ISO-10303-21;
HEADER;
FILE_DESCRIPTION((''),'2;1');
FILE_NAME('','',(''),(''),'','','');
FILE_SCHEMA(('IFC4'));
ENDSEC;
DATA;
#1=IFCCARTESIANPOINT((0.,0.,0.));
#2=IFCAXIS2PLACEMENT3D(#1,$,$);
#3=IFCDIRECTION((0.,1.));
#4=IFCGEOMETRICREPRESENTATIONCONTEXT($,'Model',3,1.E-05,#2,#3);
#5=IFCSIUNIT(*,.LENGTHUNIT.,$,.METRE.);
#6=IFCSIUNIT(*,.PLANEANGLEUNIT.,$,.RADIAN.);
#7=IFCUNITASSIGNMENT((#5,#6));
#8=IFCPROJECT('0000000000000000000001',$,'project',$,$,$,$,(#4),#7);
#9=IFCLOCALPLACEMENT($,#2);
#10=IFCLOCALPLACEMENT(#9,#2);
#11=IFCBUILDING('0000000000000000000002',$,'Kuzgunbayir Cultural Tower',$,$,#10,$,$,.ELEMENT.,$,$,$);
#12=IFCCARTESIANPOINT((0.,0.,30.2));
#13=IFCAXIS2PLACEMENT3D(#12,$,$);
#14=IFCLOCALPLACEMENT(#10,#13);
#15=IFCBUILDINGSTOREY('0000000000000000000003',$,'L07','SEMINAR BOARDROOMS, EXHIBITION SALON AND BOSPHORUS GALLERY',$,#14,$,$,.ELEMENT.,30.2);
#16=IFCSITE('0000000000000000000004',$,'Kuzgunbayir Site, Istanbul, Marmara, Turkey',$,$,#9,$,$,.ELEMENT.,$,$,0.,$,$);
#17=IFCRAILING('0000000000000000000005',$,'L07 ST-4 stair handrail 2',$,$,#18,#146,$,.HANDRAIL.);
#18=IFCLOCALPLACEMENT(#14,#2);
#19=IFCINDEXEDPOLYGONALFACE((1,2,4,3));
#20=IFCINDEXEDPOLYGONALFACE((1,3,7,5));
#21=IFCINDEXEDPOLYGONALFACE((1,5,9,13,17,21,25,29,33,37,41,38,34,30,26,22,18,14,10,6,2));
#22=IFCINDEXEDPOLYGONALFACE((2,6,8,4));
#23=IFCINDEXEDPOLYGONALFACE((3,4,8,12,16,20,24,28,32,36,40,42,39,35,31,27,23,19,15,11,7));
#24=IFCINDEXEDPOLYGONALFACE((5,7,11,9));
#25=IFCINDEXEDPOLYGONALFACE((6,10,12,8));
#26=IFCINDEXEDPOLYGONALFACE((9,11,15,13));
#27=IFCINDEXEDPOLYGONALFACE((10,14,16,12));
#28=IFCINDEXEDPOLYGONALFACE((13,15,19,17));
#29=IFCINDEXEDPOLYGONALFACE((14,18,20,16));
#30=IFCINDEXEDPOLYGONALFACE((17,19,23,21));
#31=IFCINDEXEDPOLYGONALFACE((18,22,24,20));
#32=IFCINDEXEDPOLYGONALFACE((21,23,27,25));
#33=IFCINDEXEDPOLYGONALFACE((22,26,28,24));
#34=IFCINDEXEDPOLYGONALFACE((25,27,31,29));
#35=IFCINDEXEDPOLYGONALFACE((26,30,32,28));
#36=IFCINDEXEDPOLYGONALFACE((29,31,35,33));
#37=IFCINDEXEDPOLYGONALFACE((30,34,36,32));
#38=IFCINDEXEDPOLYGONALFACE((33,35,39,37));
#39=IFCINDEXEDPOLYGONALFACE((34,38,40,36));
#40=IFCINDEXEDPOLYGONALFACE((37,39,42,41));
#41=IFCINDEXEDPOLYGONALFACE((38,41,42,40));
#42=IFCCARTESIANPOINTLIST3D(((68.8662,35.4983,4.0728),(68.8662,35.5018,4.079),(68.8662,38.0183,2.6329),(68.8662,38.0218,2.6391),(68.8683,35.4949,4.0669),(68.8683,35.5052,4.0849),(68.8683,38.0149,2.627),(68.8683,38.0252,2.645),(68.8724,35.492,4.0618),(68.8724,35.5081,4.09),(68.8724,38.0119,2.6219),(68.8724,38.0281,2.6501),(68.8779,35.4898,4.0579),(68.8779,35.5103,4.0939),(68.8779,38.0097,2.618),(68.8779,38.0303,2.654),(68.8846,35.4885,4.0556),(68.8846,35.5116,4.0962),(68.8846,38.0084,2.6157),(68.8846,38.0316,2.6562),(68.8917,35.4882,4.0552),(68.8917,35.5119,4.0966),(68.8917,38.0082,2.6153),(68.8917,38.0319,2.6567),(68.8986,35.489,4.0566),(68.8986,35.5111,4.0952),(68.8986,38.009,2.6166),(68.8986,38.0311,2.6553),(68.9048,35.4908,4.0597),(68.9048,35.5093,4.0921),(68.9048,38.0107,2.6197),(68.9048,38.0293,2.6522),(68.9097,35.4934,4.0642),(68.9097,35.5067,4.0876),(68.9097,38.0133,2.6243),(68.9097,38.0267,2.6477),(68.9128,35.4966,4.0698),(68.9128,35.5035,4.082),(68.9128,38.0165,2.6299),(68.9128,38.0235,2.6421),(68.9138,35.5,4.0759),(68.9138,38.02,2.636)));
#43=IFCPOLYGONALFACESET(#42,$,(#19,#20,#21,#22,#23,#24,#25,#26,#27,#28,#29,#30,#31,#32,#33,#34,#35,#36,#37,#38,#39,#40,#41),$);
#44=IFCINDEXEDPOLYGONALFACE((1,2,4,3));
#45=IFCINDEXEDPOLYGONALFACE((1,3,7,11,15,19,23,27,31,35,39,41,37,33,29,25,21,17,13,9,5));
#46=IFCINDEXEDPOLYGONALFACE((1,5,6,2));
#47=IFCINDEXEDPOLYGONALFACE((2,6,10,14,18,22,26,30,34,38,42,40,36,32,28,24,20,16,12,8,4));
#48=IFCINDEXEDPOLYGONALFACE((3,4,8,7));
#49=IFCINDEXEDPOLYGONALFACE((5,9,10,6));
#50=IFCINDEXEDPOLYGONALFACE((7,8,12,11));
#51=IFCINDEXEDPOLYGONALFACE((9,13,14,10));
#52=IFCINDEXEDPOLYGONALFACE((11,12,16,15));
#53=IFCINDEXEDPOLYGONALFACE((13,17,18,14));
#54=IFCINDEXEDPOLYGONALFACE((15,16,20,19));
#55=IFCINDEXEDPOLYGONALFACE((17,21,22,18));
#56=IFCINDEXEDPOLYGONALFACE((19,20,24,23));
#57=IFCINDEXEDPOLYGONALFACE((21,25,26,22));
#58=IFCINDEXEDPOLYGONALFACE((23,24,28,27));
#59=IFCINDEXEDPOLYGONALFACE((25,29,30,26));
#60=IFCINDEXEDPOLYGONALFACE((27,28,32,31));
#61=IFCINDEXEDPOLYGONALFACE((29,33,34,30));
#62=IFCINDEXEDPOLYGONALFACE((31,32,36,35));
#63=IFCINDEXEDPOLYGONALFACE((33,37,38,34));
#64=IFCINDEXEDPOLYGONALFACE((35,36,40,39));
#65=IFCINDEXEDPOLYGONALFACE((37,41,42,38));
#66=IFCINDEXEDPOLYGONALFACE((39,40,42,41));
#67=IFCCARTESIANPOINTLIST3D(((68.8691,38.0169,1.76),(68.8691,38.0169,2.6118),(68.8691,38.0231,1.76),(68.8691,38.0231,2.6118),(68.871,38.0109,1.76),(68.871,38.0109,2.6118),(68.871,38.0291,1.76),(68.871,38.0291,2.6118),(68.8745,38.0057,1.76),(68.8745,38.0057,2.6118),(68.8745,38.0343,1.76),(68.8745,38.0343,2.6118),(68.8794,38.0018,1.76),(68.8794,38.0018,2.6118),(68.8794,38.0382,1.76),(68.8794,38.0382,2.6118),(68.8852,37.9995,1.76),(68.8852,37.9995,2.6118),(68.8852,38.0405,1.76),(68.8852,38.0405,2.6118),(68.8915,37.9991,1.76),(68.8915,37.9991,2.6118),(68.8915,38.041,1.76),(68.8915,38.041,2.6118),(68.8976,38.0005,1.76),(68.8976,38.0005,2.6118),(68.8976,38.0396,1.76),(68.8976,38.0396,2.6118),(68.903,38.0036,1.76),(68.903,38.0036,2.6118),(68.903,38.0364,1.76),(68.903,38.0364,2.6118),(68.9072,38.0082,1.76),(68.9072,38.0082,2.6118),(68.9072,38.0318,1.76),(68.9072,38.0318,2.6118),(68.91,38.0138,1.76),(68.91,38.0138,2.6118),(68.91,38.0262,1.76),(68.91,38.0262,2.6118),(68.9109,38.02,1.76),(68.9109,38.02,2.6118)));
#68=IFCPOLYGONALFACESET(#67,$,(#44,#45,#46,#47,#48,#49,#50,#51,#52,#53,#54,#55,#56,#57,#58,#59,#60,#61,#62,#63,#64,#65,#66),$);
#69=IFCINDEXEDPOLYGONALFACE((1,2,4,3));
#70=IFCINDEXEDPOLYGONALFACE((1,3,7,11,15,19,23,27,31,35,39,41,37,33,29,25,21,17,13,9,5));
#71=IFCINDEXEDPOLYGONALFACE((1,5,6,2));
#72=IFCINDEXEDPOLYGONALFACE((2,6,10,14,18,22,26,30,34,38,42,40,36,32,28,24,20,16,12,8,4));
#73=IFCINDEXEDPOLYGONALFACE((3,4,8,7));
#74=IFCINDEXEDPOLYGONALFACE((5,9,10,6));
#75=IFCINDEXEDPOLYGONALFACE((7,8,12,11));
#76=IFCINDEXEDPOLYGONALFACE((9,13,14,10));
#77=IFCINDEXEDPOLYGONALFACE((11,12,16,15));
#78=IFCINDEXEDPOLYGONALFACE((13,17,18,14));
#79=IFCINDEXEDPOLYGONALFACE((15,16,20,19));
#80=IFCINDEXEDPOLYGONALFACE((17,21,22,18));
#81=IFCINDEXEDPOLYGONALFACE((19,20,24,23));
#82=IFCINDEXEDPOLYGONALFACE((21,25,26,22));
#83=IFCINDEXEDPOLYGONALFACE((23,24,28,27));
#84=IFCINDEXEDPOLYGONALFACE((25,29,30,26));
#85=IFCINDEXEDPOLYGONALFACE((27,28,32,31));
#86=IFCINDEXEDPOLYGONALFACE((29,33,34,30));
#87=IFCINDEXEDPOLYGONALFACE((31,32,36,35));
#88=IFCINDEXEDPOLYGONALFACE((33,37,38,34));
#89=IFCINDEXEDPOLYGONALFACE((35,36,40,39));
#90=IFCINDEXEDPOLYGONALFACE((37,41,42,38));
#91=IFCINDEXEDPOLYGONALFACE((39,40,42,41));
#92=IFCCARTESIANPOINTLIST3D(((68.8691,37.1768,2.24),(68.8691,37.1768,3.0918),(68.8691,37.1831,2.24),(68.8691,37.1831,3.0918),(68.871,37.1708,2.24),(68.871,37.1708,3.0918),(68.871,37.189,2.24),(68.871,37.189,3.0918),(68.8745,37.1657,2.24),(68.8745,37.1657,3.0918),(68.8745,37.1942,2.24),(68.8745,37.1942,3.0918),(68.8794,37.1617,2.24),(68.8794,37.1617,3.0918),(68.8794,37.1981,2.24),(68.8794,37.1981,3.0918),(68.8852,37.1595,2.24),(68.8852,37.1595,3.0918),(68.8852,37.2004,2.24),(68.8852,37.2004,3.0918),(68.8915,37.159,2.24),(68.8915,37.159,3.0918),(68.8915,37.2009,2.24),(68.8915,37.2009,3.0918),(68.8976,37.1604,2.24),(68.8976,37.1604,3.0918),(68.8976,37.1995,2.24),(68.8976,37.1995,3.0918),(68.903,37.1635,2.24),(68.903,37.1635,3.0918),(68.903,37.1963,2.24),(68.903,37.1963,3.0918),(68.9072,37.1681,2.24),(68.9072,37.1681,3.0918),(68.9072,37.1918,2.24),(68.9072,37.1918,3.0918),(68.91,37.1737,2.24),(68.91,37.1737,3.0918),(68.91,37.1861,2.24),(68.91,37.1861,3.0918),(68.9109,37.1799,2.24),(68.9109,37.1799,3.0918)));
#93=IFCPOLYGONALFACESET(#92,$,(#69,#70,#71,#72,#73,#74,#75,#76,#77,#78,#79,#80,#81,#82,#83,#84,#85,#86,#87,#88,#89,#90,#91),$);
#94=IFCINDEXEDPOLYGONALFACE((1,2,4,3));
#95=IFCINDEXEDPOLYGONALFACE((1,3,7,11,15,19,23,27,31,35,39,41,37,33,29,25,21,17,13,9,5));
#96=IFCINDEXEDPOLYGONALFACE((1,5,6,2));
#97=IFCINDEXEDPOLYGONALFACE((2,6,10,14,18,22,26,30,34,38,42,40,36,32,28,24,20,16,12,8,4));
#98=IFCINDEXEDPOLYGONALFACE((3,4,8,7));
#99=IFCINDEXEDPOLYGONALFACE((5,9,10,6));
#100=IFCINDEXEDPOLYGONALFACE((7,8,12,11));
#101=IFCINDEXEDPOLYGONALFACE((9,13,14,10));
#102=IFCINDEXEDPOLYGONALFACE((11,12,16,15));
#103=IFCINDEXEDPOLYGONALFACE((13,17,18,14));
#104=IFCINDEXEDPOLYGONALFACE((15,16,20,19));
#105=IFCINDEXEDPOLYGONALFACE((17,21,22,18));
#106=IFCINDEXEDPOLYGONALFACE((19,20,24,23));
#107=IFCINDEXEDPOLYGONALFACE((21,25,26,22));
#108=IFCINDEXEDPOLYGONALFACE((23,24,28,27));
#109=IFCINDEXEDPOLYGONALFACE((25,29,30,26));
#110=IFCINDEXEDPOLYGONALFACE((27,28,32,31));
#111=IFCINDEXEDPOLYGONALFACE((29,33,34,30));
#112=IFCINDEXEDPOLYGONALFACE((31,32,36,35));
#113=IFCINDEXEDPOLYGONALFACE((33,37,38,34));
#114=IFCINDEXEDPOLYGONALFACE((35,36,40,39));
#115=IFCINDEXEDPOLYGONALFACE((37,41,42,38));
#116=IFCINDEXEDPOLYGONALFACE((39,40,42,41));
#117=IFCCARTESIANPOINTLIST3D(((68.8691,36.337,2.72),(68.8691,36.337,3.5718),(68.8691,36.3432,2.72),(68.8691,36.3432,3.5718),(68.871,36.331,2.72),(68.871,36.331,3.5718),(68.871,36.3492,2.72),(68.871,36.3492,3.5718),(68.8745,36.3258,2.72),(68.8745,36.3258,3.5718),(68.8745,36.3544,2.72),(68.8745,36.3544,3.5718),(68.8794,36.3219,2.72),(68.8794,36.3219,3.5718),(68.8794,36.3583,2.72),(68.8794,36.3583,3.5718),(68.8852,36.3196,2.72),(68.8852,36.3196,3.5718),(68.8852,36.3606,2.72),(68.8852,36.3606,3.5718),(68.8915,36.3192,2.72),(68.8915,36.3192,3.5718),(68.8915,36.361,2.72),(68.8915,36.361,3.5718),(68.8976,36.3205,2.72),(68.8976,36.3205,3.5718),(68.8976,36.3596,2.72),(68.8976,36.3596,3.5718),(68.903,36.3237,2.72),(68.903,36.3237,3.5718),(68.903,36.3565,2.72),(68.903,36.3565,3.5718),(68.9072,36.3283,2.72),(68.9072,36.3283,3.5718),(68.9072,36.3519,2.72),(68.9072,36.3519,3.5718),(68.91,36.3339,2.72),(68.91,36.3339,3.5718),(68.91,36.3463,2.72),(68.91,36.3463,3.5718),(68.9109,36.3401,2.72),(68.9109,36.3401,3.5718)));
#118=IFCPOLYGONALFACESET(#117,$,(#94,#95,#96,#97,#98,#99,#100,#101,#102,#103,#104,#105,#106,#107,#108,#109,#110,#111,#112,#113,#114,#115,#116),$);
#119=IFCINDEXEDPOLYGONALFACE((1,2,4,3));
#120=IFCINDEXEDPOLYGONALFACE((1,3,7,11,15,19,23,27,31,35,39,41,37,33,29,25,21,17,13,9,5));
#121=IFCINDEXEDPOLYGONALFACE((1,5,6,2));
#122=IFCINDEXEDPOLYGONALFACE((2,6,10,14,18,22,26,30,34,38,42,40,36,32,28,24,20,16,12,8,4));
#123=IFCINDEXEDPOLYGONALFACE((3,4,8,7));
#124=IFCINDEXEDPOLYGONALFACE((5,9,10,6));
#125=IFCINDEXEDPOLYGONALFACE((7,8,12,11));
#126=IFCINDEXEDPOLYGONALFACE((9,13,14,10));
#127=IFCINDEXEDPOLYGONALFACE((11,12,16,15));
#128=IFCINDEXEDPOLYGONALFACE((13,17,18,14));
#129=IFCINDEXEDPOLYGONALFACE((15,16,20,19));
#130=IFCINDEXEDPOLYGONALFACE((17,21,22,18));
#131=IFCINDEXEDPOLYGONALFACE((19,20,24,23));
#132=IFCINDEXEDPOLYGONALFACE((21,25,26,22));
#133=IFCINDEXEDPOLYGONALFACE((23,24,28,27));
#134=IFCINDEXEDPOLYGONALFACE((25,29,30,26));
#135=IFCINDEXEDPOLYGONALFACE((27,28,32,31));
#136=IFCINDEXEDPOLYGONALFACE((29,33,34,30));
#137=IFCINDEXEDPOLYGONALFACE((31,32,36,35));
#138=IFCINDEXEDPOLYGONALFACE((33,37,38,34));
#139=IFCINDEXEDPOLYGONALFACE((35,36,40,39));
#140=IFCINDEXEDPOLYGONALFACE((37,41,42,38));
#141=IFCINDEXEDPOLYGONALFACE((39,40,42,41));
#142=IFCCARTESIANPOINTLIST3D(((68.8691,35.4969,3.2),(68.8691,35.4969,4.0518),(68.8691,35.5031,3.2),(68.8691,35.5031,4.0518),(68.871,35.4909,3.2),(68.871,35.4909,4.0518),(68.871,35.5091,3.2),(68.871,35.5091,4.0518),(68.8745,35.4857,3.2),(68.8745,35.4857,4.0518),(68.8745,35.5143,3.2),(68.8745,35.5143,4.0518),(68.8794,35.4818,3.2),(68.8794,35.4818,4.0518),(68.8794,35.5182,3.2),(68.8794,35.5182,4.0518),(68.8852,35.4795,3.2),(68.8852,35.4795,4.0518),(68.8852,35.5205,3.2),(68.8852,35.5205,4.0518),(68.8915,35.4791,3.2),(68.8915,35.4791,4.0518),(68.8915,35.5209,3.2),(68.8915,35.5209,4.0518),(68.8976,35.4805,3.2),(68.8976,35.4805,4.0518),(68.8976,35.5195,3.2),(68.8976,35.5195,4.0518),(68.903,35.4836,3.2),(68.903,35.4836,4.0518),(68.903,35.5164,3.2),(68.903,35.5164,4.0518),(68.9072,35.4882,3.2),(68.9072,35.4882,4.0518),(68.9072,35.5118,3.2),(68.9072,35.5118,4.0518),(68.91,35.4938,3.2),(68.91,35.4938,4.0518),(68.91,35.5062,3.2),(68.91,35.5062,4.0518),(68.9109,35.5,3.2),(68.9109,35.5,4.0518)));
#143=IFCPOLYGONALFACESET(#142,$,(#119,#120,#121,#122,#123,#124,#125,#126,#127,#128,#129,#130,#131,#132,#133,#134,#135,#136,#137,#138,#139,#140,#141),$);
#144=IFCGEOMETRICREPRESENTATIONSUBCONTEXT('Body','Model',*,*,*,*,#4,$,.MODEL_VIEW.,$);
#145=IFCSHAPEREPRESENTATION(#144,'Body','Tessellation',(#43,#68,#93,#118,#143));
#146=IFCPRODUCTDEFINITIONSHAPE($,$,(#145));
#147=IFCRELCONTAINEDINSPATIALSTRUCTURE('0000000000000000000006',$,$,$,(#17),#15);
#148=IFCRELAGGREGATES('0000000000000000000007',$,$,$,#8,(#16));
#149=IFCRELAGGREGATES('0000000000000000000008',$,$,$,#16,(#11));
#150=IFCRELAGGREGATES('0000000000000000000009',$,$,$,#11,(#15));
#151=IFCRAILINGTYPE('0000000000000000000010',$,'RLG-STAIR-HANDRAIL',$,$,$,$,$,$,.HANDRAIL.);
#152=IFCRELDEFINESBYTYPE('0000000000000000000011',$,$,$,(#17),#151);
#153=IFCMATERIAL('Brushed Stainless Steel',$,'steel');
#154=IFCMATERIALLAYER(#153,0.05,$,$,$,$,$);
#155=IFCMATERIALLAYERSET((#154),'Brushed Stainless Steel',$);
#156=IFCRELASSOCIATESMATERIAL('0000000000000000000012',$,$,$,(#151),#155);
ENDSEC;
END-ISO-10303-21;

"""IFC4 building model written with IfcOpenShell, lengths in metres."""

from ifc_helpers import new_model, si_unit, direction, frame, origin, origin_2d, place, context, subcontext, project, spatial, circle, extrude, material, layer, layer_set, type_object, element, save


model = new_model("IFC4")

# Units and contexts
model_context = context("Model", 3, precision=1e-05, world=origin(), true_north=direction((0.0, 1.0)))
body_context = subcontext(model_context, "Body", "Model", "MODEL_VIEW")
ifc_project = project(units=[si_unit("LENGTHUNIT", "METRE"), si_unit("PLANEANGLEUNIT", "RADIAN")], contexts=[model_context])

# Site, building, storey
site_placement = place(None, origin())
site = spatial("IfcSite", under=ifc_project, at=site_placement, Name="Kuzgunbayir Site, Istanbul, Marmara, Turkey", CompositionType="ELEMENT", RefElevation=0.0)
building_placement = place(site_placement, origin())
building = spatial("IfcBuilding", under=site, at=building_placement, Name="Kuzgunbayir Cultural Tower", CompositionType="ELEMENT")
storey_placement = place(building_placement, frame((0.0, 0.0, 30.2)))
storey = spatial("IfcBuildingStorey", under=building, at=storey_placement, Name="L07", Description="SEMINAR BOARDROOMS, EXHIBITION SALON AND BOSPHORUS GALLERY", CompositionType="ELEMENT", Elevation=30.2)

# Shared definitions
ifc_material_1 = material(Name="Brushed Stainless Steel", Category="steel")

# Railing
ifc_layer_1 = layer(ifc_material_1, 0.05)
ifc_layer_set_1 = layer_set([ifc_layer_1], Name="Brushed Stainless Steel")
railing_type_1 = type_object("IfcRailingType", Name="RLG-STAIR-HANDRAIL", PredefinedType="HANDRAIL", material=ifc_layer_set_1)
railing_1_placement = place(storey_placement, frame((68.8899, 38.02, 1.76)))
element("IfcRailing", 1, at=railing_1_placement, inside=storey, type_object=railing_type_1, Name="L07 ST-4 stair handrail 2", PredefinedType="HANDRAIL", context=body_context, shape_type="SweptSolid", body=[
    extrude(circle(Radius=0.0239, at=origin_2d()), frame((0.0, 0.0, 0.876), z_axis=(0.0, -0.868253, 0.496121), x_axis=(1.0, 0.0, 0.0)), (0.0, 0.0, 1.0), 2.9023),
    extrude(circle(Radius=0.021, at=origin_2d()), origin(), (0.0, 0.0, 1.0), 0.8518),
    extrude(circle(Radius=0.021, at=origin_2d()), frame((0.0, -0.8401, 0.48)), (0.0, 0.0, 1.0), 0.8518),
    extrude(circle(Radius=0.021, at=origin_2d()), frame((0.0, -1.6799, 0.96)), (0.0, 0.0, 1.0), 0.8518),
    extrude(circle(Radius=0.021, at=origin_2d()), frame((0.0, -2.52, 1.4399)), (0.0, 0.0, 1.0), 0.8518),
])

save(model, "model.ifc")
